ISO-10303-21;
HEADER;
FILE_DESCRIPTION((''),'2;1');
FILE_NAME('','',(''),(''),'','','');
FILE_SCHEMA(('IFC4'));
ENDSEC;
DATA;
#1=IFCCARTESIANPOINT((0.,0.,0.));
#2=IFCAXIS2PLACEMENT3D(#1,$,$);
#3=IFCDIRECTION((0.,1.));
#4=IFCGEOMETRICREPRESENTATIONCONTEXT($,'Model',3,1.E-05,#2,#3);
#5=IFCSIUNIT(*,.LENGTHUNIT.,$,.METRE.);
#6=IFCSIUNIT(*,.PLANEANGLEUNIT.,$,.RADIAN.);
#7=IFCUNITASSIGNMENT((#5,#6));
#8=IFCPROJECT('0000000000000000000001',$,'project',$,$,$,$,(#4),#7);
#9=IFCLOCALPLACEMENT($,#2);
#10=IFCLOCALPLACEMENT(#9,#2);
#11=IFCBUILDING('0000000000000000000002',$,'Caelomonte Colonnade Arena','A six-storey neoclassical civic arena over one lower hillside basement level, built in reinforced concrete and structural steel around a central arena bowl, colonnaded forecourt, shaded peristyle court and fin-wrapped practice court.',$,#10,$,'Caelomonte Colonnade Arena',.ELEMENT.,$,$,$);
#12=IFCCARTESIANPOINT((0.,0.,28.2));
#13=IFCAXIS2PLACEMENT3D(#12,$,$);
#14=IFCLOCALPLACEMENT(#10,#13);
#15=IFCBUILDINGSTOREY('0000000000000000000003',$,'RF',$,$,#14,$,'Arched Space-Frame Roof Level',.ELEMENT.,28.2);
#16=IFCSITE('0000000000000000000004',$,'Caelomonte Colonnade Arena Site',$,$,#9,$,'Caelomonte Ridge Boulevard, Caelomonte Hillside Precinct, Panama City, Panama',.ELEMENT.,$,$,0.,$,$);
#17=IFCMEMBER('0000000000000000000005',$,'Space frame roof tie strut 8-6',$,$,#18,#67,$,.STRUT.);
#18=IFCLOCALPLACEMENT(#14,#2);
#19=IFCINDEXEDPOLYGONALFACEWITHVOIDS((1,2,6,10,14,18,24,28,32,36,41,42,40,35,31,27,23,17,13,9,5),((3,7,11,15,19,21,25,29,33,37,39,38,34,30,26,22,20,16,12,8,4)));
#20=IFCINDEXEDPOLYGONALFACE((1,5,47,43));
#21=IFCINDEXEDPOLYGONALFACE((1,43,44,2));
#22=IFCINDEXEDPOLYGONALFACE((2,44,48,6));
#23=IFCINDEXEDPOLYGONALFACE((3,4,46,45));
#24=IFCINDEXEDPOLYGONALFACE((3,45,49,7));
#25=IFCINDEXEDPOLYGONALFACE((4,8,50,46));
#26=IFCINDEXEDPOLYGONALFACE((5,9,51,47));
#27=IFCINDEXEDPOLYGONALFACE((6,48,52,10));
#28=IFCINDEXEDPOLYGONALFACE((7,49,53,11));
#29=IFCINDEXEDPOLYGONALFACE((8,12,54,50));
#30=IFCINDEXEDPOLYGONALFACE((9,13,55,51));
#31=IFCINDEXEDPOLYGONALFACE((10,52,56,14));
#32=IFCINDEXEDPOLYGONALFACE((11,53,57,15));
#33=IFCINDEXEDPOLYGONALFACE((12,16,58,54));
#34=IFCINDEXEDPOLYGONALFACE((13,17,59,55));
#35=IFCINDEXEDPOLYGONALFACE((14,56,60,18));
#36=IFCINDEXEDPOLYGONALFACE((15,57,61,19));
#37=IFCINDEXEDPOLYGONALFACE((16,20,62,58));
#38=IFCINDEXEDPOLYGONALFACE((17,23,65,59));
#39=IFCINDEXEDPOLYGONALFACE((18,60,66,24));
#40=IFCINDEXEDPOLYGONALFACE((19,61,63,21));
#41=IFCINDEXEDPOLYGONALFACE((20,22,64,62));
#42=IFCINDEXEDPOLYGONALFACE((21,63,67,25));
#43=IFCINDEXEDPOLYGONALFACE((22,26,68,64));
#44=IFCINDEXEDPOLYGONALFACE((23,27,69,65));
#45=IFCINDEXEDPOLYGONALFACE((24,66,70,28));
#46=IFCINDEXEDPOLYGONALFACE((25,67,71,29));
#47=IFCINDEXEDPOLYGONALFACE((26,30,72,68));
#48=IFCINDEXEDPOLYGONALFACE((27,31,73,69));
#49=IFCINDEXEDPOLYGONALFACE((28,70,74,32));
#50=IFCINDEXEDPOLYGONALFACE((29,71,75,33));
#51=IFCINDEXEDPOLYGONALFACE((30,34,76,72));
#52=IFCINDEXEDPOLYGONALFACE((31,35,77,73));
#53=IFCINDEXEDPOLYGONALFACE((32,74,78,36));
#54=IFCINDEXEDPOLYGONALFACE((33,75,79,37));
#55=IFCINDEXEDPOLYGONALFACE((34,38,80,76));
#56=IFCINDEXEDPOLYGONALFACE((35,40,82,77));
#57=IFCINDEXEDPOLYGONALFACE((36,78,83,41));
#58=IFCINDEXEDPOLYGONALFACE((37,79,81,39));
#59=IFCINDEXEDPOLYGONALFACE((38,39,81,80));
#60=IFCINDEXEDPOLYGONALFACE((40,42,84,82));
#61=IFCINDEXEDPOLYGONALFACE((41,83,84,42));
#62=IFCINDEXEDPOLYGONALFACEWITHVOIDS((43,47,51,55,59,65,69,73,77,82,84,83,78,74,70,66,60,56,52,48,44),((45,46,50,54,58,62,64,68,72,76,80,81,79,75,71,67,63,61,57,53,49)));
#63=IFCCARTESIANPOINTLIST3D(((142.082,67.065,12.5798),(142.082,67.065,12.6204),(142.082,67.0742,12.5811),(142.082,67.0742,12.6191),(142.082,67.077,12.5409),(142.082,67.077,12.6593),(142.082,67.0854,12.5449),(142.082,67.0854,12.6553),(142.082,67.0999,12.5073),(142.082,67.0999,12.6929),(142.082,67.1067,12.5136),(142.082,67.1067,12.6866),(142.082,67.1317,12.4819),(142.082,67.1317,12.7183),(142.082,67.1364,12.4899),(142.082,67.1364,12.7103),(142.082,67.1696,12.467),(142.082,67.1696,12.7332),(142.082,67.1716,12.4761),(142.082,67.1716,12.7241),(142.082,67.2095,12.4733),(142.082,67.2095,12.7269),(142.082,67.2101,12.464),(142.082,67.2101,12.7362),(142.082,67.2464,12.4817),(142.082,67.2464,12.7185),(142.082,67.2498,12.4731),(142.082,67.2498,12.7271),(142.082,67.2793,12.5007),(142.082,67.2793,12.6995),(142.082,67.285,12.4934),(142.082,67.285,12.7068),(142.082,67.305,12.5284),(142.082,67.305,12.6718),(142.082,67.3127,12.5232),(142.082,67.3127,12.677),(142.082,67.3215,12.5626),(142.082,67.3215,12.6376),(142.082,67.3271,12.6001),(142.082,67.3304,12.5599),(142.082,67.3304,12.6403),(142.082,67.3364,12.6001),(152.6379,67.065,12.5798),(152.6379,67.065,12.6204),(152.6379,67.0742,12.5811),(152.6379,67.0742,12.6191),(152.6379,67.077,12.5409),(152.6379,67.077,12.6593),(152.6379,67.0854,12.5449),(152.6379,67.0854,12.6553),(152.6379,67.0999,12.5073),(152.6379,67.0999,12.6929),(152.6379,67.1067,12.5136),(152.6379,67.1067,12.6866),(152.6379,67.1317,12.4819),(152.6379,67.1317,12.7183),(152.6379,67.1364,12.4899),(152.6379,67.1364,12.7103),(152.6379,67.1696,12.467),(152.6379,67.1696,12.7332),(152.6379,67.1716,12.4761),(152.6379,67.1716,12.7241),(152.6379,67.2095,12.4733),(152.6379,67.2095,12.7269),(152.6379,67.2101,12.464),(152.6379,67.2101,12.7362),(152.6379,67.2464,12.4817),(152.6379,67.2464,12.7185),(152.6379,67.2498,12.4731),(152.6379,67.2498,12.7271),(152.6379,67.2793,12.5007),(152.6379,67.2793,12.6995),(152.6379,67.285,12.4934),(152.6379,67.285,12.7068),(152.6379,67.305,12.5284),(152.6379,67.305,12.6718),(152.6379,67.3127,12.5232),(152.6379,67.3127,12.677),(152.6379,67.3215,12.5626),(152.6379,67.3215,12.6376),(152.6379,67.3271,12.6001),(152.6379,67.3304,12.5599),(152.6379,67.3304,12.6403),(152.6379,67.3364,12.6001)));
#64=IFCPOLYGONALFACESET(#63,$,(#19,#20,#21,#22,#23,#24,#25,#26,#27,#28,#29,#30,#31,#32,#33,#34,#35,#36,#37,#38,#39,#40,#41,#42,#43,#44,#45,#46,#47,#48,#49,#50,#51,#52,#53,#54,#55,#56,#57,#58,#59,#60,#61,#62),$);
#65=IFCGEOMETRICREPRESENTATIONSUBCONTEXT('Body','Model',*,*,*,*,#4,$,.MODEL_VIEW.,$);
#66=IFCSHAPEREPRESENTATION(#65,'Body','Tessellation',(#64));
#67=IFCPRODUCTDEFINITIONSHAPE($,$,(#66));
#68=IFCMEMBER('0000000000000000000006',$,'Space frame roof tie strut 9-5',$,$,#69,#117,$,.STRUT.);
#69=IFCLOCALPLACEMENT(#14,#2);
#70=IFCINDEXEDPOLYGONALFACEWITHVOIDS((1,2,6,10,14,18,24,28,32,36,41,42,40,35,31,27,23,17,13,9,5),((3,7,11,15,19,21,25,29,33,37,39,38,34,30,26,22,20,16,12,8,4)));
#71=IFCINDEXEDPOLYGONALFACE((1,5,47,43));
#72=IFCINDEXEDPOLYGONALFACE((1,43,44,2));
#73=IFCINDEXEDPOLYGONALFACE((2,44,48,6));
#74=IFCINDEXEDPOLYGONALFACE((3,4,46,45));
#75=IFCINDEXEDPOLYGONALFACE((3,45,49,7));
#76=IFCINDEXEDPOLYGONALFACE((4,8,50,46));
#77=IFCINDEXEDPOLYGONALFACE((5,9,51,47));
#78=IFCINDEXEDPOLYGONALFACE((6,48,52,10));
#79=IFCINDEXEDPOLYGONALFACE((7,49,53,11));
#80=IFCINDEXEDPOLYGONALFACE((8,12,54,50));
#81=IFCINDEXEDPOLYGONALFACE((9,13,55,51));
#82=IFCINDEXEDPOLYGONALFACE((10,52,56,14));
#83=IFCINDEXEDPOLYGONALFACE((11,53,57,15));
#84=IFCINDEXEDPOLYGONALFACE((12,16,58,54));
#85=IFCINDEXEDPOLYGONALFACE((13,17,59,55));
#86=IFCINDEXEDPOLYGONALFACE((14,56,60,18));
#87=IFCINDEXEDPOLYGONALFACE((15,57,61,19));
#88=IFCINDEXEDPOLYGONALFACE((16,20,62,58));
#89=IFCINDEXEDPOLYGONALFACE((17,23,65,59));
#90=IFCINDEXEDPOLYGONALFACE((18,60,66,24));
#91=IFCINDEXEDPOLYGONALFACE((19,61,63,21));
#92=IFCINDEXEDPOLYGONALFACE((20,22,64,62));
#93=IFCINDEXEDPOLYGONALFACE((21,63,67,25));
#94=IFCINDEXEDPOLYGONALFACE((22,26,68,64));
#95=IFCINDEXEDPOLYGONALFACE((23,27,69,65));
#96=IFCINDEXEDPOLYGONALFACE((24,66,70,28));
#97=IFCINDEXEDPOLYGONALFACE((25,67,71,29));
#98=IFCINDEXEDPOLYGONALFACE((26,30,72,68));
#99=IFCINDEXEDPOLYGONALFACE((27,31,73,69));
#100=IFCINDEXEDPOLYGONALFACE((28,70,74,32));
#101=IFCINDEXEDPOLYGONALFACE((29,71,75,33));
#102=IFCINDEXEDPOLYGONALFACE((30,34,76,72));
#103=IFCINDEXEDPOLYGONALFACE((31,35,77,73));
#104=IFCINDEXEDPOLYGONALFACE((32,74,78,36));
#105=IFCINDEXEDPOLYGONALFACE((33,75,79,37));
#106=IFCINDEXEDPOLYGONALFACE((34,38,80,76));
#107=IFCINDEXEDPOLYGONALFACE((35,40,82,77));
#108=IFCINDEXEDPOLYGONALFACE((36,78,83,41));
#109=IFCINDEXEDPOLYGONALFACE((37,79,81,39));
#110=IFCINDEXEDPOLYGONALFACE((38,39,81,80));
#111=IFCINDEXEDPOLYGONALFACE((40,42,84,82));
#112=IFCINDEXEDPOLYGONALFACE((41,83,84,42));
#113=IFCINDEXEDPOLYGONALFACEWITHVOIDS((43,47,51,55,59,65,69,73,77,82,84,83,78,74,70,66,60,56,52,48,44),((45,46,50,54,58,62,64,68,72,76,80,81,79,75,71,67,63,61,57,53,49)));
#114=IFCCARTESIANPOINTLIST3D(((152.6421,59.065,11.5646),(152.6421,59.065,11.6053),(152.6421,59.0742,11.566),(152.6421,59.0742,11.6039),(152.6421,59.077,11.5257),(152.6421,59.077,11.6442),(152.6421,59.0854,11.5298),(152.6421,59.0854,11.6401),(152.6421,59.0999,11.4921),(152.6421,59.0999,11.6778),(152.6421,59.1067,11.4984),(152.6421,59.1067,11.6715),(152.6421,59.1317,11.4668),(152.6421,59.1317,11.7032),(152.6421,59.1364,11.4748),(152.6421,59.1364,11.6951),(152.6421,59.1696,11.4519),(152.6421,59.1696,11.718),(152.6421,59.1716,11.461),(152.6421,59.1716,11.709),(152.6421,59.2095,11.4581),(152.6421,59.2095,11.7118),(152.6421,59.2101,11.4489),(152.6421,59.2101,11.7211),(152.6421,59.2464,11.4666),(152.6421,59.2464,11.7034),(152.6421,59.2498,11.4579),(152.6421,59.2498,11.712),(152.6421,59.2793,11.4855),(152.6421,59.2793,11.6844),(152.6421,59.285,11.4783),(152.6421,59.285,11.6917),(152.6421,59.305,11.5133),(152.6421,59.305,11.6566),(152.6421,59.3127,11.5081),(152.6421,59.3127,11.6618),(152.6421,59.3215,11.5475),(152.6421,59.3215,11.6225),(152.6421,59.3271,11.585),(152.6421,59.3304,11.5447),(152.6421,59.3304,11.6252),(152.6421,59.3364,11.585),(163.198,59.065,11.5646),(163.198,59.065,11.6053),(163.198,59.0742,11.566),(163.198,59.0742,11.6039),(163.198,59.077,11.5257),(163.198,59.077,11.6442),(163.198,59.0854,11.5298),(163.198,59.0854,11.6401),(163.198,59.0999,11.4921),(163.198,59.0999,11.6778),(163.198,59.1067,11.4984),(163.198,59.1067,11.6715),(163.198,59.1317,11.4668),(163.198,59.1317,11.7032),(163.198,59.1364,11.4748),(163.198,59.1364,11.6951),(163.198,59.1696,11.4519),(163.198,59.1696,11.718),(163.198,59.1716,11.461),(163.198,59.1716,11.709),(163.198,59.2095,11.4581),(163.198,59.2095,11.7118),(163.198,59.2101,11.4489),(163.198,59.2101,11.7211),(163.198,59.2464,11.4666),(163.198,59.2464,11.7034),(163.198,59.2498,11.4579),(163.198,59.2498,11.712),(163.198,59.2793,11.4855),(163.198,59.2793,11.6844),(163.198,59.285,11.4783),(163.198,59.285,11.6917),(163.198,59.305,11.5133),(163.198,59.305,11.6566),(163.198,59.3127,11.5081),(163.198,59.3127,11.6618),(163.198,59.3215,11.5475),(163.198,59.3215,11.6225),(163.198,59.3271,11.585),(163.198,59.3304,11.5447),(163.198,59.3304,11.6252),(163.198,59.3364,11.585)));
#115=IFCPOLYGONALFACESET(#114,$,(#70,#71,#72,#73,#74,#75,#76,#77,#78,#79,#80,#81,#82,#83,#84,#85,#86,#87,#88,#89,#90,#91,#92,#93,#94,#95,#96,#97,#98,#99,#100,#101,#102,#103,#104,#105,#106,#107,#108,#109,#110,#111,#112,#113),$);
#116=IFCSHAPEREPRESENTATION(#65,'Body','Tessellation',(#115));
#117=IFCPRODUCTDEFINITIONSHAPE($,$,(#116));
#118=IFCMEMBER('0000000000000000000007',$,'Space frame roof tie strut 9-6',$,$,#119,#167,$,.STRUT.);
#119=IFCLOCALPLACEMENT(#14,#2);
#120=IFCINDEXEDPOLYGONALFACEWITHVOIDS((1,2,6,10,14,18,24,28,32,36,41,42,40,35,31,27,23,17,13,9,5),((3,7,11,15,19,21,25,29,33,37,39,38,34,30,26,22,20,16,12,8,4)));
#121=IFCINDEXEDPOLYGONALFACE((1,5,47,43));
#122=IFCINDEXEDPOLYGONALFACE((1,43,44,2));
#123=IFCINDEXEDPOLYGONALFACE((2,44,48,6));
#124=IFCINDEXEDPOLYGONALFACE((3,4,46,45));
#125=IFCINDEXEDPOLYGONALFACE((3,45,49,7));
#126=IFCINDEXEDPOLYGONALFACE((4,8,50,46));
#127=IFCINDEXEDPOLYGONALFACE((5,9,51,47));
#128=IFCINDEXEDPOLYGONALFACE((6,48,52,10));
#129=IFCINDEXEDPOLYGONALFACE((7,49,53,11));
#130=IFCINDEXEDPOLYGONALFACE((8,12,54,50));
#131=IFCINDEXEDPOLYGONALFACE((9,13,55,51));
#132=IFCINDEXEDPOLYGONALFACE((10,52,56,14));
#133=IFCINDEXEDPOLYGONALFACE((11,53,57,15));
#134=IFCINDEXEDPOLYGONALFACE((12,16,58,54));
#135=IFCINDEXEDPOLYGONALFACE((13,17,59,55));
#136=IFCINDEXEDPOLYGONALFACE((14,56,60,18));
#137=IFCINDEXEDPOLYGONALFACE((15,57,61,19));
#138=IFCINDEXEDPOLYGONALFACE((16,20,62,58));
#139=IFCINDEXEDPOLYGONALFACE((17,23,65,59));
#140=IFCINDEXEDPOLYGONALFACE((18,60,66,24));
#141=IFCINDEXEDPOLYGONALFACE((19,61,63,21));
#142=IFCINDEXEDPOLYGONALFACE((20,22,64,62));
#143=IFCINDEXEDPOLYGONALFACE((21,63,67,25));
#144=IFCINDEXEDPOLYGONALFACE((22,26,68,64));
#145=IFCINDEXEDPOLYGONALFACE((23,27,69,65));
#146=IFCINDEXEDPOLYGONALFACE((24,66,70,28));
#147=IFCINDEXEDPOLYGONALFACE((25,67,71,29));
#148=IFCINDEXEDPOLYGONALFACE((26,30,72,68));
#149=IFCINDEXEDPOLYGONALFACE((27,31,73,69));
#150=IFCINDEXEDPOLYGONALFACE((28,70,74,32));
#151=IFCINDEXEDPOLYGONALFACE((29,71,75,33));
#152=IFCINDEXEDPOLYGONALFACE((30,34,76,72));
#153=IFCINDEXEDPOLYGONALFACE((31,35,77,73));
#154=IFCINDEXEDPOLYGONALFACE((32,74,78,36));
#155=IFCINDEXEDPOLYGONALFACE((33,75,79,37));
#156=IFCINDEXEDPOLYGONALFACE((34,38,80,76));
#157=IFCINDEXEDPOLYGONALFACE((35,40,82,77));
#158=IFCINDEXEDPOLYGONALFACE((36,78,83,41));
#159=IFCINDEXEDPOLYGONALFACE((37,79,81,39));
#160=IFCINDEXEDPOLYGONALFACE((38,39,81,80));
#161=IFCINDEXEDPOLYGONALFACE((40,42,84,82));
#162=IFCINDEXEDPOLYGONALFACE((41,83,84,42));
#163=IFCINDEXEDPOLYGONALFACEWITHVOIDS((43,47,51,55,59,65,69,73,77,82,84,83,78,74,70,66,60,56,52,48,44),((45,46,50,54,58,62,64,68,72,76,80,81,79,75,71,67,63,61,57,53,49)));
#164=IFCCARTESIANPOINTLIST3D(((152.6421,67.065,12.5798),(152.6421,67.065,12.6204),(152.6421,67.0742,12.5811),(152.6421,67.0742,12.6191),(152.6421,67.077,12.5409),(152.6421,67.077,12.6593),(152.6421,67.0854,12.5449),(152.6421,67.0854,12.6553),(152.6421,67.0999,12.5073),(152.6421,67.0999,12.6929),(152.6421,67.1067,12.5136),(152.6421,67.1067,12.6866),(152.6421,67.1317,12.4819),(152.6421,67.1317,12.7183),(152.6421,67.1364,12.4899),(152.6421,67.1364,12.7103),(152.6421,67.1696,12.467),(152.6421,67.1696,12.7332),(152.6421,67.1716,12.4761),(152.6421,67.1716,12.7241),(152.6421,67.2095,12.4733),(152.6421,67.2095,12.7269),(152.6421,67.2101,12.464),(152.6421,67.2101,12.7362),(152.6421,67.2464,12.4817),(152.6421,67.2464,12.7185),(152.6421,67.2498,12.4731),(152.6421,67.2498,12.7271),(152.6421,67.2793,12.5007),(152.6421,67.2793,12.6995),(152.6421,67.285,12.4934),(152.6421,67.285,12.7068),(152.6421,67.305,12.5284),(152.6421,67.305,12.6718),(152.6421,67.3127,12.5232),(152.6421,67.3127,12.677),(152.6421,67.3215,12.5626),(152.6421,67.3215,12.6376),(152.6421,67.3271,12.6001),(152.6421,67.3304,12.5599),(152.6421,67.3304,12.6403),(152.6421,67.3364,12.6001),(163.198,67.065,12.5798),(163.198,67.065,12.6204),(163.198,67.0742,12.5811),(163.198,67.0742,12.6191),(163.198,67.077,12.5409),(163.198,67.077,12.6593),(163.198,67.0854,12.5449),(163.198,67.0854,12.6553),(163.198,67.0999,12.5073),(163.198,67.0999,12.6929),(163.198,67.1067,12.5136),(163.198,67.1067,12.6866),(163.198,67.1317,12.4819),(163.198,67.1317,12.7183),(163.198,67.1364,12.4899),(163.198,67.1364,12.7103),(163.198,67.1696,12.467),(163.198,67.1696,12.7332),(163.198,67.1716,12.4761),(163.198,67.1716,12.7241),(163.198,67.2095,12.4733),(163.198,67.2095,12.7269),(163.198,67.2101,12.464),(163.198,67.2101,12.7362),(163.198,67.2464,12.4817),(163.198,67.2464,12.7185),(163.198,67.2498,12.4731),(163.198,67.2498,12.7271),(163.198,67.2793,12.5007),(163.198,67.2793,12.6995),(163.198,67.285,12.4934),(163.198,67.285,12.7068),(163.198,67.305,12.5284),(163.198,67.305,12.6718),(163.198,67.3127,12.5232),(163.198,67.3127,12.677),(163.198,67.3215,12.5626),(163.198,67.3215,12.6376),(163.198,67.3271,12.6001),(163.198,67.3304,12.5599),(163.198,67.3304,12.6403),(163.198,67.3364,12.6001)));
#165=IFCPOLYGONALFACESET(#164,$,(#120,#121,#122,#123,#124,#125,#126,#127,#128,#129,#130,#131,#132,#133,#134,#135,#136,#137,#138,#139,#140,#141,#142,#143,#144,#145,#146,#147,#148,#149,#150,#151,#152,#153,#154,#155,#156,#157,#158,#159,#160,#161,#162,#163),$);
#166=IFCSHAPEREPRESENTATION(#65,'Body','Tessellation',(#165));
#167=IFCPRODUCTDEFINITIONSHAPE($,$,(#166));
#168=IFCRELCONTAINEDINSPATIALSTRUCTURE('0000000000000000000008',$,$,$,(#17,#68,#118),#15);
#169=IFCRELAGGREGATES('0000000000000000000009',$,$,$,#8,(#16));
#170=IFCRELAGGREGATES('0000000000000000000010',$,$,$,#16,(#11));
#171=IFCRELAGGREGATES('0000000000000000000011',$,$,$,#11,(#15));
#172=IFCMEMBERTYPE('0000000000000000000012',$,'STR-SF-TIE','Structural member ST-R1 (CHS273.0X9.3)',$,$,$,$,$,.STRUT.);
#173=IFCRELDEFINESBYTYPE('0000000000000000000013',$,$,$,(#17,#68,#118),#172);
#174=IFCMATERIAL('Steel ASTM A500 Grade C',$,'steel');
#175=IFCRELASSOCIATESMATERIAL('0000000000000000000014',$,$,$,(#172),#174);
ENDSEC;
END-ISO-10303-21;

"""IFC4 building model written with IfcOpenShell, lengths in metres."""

from ifc_helpers import new_model, si_unit, direction, frame, origin, origin_2d, place, context, subcontext, project, spatial, hollow_circle, extrude, material, material_profile, profile_set, type_object, element, save


model = new_model("IFC4")

# Units and contexts
model_context = context("Model", 3, precision=1e-05, world=origin(), true_north=direction((0.0, 1.0)))
body_context = subcontext(model_context, "Body", "Model", "MODEL_VIEW")
ifc_project = project(units=[si_unit("LENGTHUNIT", "METRE"), si_unit("PLANEANGLEUNIT", "RADIAN")], contexts=[model_context])

# Site, building, storey
site_placement = place(None, origin())
site = spatial("IfcSite", under=ifc_project, at=site_placement, Name="Caelomonte Colonnade Arena Site", LongName="Caelomonte Ridge Boulevard, Caelomonte Hillside Precinct, Panama City, Panama", CompositionType="ELEMENT", RefElevation=0.0)
building_placement = place(site_placement, origin())
building = spatial("IfcBuilding", under=site, at=building_placement, Name="Caelomonte Colonnade Arena", Description="A six-storey neoclassical civic arena over one lower hillside basement level, built in reinforced concrete and structural steel around a central arena bowl, colonnaded forecourt, shaded peristyle court and fin-wrapped practice court.", LongName="Caelomonte Colonnade Arena", CompositionType="ELEMENT")
storey_placement = place(building_placement, frame((0.0, 0.0, 28.2)))
storey = spatial("IfcBuildingStorey", under=building, at=storey_placement, Name="RF", LongName="Arched Space-Frame Roof Level", CompositionType="ELEMENT", Elevation=28.2)

# Members
ifc_material_1 = material(Name="Steel ASTM A500 Grade C", Category="steel")
ifc_material_profile_1 = material_profile(ifc_material_1, hollow_circle(Radius=0.1365, WallThickness=0.0093, at=origin_2d()), Name="CHS273.0X9.3")
ifc_profile_set_1 = profile_set([ifc_material_profile_1], Name="Steel ASTM A500 Grade C")
member_type_1 = type_object("IfcMemberType", Name="STR-SF-TIE", Description="Structural member ST-R1 (CHS273.0X9.3)", PredefinedType="STRUT", material=ifc_profile_set_1)
for number, where, z_axis, x_axis, name in (
    (1, (142.082, 67.2, 12.6001), (1.0, 0.0, 0.0), (0.0, 1.0, 0.0), "Space frame roof tie strut 8-6"),
    (2, (152.6421, 59.2, 11.585), (1.0, 0.0, 0.0), (0.0, 1.0, 0.0), "Space frame roof tie strut 9-5"),
    (3, (152.6421, 67.2, 12.6001), (1.0, 0.0, 0.0), (0.0, 1.0, 0.0), "Space frame roof tie strut 9-6"),
):
    element("IfcMember", number, at=place(storey_placement, frame(where, z_axis=z_axis, x_axis=x_axis)), inside=storey, type_object=member_type_1, Name=name, PredefinedType="STRUT", context=body_context, shape_type="SweptSolid", body=[
        extrude(hollow_circle(Radius=0.1365, WallThickness=0.0093, at=origin_2d()), origin(), (0.0, 0.0, 1.0), 10.5559),
    ])

save(model, "model.ifc")
